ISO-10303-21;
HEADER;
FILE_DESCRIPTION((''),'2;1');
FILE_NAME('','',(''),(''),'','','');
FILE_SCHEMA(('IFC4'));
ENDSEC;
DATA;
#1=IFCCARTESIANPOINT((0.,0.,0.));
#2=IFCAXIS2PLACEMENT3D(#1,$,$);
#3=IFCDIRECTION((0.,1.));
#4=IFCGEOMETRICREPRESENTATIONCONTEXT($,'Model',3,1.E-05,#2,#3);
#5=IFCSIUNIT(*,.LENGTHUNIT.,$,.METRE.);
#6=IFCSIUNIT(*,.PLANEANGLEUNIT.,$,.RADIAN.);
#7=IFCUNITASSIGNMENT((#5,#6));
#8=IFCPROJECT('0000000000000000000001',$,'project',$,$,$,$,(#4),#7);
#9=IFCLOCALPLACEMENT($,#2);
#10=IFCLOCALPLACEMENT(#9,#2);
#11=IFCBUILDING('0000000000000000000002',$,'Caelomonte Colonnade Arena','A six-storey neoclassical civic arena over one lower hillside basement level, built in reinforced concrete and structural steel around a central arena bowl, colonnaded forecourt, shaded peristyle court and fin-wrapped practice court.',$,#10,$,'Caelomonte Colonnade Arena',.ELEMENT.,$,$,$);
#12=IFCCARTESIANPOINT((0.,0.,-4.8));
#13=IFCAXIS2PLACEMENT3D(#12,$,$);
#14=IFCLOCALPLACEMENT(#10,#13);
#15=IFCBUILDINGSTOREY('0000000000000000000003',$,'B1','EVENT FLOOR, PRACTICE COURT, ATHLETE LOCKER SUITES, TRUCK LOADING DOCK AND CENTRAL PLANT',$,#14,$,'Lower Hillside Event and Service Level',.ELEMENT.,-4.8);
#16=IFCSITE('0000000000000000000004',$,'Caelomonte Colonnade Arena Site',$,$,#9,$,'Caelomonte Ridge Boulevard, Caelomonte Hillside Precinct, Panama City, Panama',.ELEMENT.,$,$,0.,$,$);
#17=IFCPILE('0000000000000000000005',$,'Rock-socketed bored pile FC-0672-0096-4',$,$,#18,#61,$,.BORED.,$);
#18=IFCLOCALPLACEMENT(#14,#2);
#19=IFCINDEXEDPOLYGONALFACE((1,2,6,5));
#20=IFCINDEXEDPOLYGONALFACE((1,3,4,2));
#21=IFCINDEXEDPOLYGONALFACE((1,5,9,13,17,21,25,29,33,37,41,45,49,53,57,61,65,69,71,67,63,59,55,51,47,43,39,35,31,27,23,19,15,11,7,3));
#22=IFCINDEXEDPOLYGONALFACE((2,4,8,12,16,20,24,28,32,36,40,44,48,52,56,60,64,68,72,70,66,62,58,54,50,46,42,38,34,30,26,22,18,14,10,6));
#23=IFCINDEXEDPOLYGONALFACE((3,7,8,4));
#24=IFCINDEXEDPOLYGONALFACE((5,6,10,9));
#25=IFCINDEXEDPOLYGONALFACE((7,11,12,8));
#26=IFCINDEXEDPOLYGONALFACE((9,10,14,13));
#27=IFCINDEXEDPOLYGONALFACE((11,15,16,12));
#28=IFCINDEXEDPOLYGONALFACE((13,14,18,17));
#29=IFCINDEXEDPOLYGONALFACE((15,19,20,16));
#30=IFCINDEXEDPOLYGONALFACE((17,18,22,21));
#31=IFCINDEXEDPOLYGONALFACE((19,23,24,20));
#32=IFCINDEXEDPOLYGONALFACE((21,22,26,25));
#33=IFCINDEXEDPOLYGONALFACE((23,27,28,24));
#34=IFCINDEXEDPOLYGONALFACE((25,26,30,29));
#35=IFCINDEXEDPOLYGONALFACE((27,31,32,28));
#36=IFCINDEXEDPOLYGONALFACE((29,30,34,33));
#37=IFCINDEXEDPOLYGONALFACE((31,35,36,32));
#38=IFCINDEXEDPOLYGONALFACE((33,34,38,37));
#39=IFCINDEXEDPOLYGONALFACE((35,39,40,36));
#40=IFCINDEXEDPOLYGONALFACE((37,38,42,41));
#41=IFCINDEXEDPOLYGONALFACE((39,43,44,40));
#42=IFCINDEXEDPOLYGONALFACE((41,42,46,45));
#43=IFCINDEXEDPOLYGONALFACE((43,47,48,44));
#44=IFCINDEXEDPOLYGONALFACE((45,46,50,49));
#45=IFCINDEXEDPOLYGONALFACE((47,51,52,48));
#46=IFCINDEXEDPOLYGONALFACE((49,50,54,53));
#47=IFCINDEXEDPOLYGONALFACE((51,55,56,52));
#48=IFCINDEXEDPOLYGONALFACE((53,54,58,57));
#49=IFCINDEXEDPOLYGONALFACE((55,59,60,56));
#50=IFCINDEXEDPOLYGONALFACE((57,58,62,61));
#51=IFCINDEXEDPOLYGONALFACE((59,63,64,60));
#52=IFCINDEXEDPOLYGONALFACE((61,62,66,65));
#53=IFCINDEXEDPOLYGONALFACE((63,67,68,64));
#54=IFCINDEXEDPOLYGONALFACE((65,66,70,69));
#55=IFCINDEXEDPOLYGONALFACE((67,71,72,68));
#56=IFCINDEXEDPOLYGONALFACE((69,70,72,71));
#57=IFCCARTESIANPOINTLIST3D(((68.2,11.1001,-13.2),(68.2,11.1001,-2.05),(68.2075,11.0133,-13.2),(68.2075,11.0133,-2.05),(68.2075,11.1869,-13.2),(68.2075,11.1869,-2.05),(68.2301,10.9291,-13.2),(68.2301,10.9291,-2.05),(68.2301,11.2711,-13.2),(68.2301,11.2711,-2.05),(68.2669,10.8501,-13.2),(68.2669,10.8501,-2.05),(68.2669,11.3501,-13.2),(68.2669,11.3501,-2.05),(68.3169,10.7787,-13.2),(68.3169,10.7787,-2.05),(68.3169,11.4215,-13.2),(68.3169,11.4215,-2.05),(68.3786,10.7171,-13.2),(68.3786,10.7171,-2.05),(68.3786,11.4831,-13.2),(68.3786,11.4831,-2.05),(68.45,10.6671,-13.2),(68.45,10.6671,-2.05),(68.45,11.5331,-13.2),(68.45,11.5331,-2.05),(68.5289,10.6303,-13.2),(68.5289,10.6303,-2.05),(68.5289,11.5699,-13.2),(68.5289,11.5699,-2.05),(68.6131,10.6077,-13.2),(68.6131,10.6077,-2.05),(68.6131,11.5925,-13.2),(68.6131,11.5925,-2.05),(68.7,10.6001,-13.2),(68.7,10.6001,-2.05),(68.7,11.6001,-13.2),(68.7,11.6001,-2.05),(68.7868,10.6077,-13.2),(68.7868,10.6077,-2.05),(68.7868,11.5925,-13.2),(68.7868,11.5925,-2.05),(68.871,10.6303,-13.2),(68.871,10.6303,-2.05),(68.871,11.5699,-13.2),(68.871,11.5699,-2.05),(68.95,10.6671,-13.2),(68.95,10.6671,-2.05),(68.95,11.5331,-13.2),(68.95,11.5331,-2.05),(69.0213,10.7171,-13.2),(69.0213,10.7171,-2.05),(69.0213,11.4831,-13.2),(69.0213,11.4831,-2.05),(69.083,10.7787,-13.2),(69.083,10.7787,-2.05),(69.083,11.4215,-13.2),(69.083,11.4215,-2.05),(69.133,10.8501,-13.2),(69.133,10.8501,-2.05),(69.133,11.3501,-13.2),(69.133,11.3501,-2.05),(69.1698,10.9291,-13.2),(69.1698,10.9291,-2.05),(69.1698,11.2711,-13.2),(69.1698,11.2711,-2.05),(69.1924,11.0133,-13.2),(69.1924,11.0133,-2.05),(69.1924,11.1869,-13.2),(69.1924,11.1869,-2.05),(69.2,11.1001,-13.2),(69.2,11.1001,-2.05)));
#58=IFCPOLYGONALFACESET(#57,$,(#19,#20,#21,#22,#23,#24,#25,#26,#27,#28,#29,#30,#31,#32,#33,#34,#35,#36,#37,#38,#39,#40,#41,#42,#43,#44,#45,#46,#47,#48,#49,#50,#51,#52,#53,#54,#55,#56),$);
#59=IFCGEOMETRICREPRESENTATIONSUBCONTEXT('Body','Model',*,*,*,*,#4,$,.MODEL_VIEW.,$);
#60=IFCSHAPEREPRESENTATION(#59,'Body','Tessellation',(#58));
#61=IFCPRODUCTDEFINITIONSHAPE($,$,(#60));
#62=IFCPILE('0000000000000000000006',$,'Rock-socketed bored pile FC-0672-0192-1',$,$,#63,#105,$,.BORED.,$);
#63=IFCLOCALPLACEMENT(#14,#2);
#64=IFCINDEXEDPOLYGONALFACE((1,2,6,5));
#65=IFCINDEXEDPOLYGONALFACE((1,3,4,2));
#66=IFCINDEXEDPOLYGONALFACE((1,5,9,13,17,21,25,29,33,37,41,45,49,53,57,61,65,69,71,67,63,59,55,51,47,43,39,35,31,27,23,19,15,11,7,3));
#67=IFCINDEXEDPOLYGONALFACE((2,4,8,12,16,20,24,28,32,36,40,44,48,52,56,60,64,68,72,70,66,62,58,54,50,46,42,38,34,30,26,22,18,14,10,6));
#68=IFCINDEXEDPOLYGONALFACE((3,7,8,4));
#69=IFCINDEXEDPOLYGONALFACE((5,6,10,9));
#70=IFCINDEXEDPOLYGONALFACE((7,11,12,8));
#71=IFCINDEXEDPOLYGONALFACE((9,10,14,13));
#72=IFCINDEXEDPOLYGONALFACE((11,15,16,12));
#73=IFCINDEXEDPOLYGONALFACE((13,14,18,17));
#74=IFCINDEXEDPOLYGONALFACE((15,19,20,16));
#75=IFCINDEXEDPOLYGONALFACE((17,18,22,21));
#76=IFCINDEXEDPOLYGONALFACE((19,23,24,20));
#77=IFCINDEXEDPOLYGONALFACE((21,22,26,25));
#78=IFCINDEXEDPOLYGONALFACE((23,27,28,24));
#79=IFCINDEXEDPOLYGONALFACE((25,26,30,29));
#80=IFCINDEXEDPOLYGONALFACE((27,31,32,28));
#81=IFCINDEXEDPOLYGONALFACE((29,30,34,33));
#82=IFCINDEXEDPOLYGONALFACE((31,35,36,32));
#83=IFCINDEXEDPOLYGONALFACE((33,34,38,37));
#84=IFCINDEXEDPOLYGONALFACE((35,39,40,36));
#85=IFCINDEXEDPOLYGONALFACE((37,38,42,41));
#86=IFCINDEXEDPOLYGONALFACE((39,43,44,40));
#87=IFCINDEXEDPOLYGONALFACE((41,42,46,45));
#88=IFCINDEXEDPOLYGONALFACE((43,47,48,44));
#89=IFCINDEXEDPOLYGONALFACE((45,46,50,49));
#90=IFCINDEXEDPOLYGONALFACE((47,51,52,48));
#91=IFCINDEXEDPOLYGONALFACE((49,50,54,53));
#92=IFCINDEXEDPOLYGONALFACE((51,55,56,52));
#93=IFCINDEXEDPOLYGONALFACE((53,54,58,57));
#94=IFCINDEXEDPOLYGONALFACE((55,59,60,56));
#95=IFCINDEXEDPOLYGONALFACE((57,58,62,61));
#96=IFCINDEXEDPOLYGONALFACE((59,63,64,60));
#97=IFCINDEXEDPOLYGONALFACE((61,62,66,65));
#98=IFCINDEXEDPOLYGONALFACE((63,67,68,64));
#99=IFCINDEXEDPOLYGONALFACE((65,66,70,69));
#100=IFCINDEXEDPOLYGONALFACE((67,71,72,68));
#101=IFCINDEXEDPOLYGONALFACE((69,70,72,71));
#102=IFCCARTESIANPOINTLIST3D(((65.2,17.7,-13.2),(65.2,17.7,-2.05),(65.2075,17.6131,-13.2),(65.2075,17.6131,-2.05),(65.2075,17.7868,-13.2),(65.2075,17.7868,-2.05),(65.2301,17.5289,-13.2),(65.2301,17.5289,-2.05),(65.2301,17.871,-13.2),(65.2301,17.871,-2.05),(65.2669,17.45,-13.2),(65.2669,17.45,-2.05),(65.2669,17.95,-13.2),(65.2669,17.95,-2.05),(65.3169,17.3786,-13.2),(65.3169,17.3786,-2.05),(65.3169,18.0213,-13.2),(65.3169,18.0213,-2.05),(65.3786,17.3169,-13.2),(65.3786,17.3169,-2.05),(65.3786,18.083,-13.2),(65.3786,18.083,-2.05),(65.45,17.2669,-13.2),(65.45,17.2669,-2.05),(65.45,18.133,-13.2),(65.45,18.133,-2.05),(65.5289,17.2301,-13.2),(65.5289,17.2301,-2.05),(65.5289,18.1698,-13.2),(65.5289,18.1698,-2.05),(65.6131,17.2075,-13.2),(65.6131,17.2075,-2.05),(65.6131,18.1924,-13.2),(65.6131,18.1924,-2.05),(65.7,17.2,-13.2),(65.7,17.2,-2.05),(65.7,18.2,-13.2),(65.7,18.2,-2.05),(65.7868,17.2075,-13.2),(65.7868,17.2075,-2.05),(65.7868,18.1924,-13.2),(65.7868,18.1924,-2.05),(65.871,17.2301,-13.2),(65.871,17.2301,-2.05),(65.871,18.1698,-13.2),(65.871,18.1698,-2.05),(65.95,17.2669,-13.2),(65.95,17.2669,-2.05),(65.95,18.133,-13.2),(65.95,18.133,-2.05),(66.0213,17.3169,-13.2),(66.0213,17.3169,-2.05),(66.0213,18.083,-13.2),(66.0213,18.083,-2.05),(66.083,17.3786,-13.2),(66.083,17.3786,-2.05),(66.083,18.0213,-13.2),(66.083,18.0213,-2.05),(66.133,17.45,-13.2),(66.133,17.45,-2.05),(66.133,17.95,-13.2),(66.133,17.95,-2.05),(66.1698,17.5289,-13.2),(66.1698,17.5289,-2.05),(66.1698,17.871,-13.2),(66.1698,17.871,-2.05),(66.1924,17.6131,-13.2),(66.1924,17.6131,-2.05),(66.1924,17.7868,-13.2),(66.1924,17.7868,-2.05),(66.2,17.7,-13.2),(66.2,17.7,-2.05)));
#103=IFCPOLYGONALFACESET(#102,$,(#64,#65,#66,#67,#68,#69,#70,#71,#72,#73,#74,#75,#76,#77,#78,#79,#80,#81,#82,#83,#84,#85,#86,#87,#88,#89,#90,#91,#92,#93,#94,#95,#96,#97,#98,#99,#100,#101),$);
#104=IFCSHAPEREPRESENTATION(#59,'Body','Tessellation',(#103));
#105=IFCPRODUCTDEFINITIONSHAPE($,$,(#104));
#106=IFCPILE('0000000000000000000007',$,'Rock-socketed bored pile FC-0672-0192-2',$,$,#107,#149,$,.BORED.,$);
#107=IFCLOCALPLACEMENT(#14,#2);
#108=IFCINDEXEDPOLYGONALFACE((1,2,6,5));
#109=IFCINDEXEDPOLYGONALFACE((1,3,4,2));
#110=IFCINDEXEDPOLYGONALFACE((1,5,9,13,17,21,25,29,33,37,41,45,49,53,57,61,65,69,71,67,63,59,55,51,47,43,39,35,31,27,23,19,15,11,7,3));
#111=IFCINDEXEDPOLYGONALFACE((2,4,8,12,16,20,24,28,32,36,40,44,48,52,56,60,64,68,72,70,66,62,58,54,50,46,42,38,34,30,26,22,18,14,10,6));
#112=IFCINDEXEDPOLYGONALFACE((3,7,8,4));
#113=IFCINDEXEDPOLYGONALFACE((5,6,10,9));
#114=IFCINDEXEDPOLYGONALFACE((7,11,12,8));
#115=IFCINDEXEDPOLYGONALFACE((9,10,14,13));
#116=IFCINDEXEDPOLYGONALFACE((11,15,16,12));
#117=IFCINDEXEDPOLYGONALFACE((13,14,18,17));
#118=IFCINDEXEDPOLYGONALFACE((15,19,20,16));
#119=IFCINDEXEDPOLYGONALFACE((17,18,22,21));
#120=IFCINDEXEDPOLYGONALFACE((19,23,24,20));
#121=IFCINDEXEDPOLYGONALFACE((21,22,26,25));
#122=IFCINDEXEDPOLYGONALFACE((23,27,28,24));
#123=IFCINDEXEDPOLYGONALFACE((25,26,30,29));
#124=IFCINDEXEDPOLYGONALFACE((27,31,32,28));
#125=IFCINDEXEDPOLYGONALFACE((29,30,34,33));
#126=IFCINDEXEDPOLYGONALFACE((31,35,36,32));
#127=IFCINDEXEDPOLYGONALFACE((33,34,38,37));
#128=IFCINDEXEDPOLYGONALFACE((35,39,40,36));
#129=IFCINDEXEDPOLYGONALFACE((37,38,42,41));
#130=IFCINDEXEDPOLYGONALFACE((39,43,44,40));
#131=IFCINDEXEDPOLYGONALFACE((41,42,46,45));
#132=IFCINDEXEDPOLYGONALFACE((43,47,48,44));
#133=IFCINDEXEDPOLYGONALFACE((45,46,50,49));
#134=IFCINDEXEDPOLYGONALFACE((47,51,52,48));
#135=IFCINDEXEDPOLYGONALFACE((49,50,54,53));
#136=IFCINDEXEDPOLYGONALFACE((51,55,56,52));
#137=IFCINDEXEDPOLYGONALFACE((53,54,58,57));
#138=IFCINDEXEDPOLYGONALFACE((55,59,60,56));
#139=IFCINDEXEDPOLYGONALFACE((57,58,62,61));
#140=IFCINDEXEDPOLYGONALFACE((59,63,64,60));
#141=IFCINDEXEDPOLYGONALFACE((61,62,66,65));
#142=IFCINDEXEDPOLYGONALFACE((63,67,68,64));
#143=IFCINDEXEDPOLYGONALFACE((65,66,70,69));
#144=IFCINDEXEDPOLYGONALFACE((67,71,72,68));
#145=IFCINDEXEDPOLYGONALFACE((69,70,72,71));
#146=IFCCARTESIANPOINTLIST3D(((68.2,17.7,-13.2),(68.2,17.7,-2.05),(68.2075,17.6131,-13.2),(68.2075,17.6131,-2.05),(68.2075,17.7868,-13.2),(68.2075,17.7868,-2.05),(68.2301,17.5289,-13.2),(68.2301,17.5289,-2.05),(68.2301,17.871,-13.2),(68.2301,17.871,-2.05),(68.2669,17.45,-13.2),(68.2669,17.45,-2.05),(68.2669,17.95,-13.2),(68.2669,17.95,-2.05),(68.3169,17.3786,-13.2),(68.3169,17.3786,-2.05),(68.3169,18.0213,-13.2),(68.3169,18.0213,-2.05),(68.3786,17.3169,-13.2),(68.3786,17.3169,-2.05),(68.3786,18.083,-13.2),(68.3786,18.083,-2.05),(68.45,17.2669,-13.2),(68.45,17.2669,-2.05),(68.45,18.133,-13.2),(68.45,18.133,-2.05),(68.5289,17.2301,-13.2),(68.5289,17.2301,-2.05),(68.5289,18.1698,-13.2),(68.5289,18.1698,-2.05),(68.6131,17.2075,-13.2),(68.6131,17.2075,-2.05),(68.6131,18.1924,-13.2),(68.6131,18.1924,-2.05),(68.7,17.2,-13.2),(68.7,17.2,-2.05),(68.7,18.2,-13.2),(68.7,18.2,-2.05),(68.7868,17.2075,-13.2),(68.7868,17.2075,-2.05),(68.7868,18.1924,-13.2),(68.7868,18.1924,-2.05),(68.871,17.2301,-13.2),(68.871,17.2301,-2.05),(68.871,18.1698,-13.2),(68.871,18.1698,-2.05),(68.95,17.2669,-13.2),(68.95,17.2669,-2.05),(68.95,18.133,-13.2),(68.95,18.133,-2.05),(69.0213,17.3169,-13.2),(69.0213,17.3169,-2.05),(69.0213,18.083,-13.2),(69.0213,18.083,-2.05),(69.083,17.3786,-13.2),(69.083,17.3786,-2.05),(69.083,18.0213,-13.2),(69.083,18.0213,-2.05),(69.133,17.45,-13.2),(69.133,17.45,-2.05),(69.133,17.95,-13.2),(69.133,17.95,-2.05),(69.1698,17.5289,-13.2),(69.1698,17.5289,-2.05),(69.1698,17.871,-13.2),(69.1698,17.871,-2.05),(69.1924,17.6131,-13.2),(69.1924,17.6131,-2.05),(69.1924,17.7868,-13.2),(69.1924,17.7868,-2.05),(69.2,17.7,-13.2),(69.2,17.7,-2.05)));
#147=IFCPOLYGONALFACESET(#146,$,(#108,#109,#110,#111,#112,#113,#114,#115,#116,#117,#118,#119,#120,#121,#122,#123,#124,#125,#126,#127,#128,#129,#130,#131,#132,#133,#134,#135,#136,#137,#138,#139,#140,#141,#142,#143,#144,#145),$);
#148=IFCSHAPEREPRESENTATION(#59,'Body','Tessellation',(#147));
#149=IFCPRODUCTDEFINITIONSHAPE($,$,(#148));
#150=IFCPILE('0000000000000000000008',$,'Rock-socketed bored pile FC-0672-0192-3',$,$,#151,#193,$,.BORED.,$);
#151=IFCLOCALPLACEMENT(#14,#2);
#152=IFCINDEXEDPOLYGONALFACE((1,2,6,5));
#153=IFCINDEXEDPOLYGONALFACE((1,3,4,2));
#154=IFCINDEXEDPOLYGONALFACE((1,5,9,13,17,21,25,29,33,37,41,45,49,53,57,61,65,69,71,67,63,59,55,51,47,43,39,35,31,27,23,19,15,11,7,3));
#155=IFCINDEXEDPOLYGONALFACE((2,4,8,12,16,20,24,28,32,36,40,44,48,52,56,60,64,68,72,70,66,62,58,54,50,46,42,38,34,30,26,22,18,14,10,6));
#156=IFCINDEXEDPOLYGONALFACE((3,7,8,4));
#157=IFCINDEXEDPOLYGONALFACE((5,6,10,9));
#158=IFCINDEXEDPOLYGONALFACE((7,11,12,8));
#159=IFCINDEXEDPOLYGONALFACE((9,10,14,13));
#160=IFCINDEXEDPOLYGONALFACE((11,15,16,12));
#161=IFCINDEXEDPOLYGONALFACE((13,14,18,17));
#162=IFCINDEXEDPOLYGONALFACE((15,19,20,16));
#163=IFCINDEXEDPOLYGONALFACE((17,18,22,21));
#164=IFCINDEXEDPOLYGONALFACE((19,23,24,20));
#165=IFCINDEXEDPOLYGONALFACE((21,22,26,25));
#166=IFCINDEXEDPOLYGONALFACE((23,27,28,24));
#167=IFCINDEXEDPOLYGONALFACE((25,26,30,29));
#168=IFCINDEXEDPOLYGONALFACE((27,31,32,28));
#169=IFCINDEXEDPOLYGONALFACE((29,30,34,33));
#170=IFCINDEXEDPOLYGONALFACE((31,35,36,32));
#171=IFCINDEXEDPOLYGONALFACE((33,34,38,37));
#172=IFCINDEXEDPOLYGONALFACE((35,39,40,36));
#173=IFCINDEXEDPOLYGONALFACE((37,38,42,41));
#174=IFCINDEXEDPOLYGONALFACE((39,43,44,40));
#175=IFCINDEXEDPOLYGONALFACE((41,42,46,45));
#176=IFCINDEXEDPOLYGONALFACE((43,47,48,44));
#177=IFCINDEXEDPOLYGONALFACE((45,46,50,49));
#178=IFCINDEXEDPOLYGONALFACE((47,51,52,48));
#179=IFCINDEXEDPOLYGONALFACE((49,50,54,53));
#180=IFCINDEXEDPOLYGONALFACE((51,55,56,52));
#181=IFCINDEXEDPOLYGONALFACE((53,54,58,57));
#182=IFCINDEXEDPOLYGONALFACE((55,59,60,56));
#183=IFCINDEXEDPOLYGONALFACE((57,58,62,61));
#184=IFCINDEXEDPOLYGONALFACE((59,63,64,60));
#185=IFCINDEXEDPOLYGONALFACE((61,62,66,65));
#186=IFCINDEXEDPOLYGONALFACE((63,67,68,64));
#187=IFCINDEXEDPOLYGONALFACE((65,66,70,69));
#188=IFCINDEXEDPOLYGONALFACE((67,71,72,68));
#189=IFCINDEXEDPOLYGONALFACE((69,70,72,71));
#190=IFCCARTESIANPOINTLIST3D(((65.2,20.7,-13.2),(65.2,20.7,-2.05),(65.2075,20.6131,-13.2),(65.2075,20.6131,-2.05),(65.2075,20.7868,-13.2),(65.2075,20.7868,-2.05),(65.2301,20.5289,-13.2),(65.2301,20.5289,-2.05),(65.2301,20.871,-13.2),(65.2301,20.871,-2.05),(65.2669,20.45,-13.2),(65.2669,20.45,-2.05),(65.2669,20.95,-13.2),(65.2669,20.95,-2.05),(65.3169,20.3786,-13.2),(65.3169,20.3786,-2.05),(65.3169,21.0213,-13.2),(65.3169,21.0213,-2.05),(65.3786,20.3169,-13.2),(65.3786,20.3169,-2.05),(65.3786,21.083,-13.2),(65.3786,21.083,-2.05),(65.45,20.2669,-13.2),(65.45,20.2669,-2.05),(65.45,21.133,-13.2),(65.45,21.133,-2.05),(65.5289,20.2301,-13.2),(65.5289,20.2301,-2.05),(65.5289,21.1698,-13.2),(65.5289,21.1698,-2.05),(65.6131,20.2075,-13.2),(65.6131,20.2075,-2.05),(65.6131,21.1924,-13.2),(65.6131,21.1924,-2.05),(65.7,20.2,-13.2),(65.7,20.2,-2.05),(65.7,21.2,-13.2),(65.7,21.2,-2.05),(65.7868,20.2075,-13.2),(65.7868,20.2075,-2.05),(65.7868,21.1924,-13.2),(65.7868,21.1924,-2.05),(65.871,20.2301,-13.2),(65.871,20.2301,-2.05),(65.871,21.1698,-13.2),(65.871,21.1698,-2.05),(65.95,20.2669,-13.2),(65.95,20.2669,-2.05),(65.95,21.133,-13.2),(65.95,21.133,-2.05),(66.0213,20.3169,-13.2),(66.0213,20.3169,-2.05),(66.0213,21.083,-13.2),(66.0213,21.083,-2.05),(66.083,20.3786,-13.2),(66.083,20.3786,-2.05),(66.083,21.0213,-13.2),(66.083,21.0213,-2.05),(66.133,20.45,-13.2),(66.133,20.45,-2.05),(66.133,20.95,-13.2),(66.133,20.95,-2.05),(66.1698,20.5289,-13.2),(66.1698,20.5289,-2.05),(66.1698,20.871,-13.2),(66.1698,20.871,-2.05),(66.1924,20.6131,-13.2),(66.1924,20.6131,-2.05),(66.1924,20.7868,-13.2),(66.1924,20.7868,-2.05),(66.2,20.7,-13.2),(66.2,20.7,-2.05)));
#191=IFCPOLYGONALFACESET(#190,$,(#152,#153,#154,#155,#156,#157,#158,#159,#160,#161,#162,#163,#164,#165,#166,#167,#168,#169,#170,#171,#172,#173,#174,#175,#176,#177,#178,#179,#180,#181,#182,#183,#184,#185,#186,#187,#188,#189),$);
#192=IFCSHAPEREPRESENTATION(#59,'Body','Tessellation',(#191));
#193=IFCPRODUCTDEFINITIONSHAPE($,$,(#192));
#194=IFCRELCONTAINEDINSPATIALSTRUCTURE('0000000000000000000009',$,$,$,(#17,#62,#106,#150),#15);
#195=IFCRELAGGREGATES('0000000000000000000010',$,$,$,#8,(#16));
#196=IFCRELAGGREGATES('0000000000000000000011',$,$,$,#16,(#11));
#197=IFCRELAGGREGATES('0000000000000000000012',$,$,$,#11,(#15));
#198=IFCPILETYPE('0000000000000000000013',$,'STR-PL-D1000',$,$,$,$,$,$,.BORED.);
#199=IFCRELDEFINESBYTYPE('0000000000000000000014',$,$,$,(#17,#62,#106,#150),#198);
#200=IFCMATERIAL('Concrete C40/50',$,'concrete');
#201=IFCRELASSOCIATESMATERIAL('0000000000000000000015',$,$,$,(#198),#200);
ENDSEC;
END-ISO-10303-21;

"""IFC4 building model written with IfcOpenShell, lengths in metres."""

from ifc_helpers import new_model, si_unit, direction, frame, origin, origin_2d, place, context, subcontext, project, spatial, circle, extrude, material, material_profile, profile_set, type_object, element, save


model = new_model("IFC4")

# Units and contexts
model_context = context("Model", 3, precision=1e-05, world=origin(), true_north=direction((0.0, 1.0)))
body_context = subcontext(model_context, "Body", "Model", "MODEL_VIEW")
ifc_project = project(units=[si_unit("LENGTHUNIT", "METRE"), si_unit("PLANEANGLEUNIT", "RADIAN")], contexts=[model_context])

# Site, building, storey
site_placement = place(None, origin())
site = spatial("IfcSite", under=ifc_project, at=site_placement, Name="Caelomonte Colonnade Arena Site", LongName="Caelomonte Ridge Boulevard, Caelomonte Hillside Precinct, Panama City, Panama", CompositionType="ELEMENT", RefElevation=0.0)
building_placement = place(site_placement, origin())
building = spatial("IfcBuilding", under=site, at=building_placement, Name="Caelomonte Colonnade Arena", Description="A six-storey neoclassical civic arena over one lower hillside basement level, built in reinforced concrete and structural steel around a central arena bowl, colonnaded forecourt, shaded peristyle court and fin-wrapped practice court.", LongName="Caelomonte Colonnade Arena", CompositionType="ELEMENT")
storey_placement = place(building_placement, frame((0.0, 0.0, -4.8)))
storey = spatial("IfcBuildingStorey", under=building, at=storey_placement, Name="B1", Description="EVENT FLOOR, PRACTICE COURT, ATHLETE LOCKER SUITES, TRUCK LOADING DOCK AND CENTRAL PLANT", LongName="Lower Hillside Event and Service Level", CompositionType="ELEMENT", Elevation=-4.8)

# Shared definitions
ifc_material_1 = material(Name="Concrete C40/50", Category="concrete")

# Piles
ifc_material_profile_1 = material_profile(ifc_material_1, circle(Radius=0.5, at=origin_2d()), Name="PILE-D1000")
ifc_profile_set_1 = profile_set([ifc_material_profile_1], Name="Concrete C40/50")
pile_type = type_object("IfcPileType", Name="STR-PL-D1000", PredefinedType="BORED", material=ifc_profile_set_1)
for number, where, z_axis, x_axis, name in (
    (1, (68.7, 11.1001, -2.05), (0.0, 0.0, -1.0), (1.0, 0.0, 0.0), "Rock-socketed bored pile FC-0672-0096-4"),
    (2, (65.7, 17.7, -2.05), (0.0, 0.0, -1.0), (1.0, 0.0, 0.0), "Rock-socketed bored pile FC-0672-0192-1"),
    (3, (68.7, 17.7, -2.05), (0.0, 0.0, -1.0), (1.0, 0.0, 0.0), "Rock-socketed bored pile FC-0672-0192-2"),
    (4, (65.7, 20.7, -2.05), (0.0, 0.0, -1.0), (1.0, 0.0, 0.0), "Rock-socketed bored pile FC-0672-0192-3"),
):
    element("IfcPile", number, at=place(storey_placement, frame(where, z_axis=z_axis, x_axis=x_axis)), inside=storey, type_object=pile_type, Name=name, PredefinedType="BORED", context=body_context, shape_type="SweptSolid", body=[
        extrude(circle(Radius=0.5, at=origin_2d()), origin(), (0.0, 0.0, 1.0), 11.1499),
    ])

save(model, "model.ifc")
